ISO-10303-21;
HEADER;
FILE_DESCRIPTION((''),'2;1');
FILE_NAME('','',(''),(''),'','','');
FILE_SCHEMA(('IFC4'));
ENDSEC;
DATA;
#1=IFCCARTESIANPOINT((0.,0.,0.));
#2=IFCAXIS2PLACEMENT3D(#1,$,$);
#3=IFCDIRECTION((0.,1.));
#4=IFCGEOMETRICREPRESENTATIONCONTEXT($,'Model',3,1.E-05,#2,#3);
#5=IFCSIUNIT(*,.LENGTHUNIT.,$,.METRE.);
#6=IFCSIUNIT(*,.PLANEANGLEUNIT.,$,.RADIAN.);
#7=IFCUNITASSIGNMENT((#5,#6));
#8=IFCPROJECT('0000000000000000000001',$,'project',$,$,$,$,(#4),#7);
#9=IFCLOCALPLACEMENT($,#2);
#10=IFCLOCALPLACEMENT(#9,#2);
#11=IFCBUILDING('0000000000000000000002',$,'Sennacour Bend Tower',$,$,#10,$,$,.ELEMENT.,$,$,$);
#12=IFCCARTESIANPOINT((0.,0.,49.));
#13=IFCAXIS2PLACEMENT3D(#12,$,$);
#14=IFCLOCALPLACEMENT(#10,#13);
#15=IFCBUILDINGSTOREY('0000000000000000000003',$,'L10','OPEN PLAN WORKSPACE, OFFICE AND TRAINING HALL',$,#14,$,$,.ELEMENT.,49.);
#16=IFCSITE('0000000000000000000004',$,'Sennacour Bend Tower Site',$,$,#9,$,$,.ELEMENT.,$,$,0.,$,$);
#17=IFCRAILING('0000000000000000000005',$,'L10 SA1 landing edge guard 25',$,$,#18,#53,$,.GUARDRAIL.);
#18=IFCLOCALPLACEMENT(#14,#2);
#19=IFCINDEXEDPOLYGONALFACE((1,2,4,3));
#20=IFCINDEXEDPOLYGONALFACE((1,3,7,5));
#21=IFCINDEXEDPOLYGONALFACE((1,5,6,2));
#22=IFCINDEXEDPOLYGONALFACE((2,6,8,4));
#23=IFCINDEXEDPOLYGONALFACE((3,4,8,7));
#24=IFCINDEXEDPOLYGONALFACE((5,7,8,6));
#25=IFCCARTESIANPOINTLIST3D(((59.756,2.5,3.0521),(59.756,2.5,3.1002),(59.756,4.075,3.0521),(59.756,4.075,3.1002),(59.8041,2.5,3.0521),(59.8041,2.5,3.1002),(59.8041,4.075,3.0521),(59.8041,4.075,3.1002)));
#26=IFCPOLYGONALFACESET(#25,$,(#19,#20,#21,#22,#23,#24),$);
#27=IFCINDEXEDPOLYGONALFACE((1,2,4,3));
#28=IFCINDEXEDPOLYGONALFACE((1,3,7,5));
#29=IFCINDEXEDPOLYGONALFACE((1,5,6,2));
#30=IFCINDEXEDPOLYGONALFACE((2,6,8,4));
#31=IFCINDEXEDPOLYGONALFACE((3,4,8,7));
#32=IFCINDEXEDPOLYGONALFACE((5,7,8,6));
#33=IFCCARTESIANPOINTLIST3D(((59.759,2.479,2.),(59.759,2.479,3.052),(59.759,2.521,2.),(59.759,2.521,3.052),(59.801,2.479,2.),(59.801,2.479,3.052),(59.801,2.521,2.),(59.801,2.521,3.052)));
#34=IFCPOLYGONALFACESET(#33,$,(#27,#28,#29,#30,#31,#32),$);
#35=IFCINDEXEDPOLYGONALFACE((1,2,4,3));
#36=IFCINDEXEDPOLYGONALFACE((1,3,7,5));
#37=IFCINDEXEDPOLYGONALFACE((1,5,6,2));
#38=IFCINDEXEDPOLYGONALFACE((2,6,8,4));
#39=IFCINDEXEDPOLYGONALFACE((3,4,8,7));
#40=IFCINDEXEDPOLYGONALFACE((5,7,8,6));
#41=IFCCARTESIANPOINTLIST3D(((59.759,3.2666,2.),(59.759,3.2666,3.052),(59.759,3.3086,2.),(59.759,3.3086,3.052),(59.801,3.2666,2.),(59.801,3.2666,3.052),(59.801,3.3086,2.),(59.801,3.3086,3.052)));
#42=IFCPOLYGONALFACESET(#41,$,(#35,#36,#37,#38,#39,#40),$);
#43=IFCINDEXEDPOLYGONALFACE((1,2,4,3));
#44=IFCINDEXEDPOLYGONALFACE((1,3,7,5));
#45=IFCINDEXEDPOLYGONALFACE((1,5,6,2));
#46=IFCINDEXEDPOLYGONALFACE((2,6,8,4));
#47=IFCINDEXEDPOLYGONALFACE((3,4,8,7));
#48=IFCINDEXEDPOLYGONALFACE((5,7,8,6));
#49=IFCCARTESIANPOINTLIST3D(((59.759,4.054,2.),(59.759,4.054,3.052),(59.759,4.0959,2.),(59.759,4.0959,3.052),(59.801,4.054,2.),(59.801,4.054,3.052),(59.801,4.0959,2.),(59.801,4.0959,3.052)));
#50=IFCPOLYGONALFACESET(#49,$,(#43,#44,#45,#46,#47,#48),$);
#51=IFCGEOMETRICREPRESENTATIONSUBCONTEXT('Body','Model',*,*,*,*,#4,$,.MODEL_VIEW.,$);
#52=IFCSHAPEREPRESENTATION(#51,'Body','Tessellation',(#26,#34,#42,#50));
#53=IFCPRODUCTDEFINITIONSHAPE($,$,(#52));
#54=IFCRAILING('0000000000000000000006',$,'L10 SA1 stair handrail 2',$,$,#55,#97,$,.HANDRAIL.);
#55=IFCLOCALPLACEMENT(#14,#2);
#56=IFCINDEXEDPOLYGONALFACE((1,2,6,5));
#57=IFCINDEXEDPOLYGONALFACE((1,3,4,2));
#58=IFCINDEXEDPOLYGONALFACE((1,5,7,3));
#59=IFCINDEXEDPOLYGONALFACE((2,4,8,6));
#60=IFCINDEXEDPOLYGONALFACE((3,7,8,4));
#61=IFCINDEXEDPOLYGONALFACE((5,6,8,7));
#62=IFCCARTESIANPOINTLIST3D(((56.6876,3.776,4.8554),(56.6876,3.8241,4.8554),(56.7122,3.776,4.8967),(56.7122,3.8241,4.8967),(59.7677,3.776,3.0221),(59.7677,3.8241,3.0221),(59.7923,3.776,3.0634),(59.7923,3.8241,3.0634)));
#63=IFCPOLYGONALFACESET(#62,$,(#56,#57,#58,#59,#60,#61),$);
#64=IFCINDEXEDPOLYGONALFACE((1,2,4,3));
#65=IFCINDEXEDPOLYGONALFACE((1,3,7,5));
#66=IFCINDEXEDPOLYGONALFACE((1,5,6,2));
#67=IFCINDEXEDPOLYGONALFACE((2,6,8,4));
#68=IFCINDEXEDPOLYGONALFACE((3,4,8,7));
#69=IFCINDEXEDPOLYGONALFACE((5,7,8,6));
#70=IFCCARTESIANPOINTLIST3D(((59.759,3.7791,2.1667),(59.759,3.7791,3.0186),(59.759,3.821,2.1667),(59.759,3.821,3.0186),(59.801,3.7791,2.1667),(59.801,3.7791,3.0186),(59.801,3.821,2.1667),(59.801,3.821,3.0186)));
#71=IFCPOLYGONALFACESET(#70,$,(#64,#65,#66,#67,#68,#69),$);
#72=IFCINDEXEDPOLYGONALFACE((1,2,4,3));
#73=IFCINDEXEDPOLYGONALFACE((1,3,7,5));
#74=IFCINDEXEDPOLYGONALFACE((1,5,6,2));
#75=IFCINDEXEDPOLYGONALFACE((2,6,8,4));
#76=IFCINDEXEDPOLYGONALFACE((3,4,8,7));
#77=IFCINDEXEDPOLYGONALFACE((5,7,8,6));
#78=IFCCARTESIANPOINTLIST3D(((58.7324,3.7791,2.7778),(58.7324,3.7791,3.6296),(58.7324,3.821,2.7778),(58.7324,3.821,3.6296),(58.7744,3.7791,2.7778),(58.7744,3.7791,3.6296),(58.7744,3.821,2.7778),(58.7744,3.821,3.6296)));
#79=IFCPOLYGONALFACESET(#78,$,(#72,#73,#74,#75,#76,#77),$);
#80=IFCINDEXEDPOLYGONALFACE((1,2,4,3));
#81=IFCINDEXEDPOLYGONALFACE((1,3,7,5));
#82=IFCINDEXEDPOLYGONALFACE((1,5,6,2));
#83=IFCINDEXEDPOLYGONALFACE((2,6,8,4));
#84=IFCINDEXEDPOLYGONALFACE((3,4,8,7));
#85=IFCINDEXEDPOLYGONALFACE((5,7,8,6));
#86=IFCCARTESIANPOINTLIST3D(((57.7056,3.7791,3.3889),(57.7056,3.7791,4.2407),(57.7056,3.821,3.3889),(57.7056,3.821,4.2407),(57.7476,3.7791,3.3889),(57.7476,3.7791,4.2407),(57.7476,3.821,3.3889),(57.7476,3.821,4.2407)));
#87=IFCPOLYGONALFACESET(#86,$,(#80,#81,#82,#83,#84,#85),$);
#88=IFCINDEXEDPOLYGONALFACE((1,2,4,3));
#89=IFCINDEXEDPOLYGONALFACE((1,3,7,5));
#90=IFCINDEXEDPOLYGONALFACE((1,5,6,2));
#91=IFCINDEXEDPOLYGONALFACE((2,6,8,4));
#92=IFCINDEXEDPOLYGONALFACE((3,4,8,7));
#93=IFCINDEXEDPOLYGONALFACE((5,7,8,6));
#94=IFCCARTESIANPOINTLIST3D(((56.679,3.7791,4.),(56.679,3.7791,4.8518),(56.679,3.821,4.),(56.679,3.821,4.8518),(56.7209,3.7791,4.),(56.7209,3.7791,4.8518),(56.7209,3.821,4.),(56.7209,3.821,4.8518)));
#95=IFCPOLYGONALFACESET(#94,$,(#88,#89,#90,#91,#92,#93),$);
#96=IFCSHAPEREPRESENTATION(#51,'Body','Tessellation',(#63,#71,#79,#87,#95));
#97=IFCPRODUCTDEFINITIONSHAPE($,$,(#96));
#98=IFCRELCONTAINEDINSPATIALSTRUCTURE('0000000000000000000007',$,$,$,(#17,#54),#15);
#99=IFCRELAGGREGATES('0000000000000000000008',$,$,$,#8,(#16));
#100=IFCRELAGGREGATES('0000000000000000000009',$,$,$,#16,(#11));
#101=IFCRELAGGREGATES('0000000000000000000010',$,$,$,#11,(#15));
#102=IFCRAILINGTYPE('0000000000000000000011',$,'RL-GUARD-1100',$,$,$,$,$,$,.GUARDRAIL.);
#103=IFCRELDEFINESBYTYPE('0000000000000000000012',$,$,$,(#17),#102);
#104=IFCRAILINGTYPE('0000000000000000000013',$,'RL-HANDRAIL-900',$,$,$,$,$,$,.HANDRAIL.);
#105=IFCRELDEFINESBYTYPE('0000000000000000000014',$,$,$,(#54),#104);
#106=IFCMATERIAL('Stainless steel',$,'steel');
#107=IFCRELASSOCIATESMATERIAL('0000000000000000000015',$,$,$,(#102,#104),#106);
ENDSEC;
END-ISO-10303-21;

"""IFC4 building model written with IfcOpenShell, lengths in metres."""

from ifc_helpers import new_model, si_unit, direction, frame, origin, origin_2d, place, context, subcontext, project, spatial, rectangle, extrude, material, type_object, element, save


model = new_model("IFC4")

# Units and contexts
model_context = context("Model", 3, precision=1e-05, world=origin(), true_north=direction((0.0, 1.0)))
body_context = subcontext(model_context, "Body", "Model", "MODEL_VIEW")
ifc_project = project(units=[si_unit("LENGTHUNIT", "METRE"), si_unit("PLANEANGLEUNIT", "RADIAN")], contexts=[model_context])

# Site, building, storey
site_placement = place(None, origin())
site = spatial("IfcSite", under=ifc_project, at=site_placement, Name="Sennacour Bend Tower Site", CompositionType="ELEMENT", RefElevation=0.0)
building_placement = place(site_placement, origin())
building = spatial("IfcBuilding", under=site, at=building_placement, Name="Sennacour Bend Tower", CompositionType="ELEMENT")
storey_placement = place(building_placement, frame((0.0, 0.0, 49.0)))
storey = spatial("IfcBuildingStorey", under=building, at=storey_placement, Name="L10", Description="OPEN PLAN WORKSPACE, OFFICE AND TRAINING HALL", CompositionType="ELEMENT", Elevation=49.0)

# Shared definitions
ifc_material_1 = material(Name="Stainless steel", Category="steel")

# Railings
railing_type_1 = type_object("IfcRailingType", Name="RL-GUARD-1100", PredefinedType="GUARDRAIL", material=ifc_material_1)
railing_1_placement = place(storey_placement, frame((59.78, 2.5, 2.0)))
element("IfcRailing", 1, at=railing_1_placement, inside=storey, type_object=railing_type_1, Name="L10 SA1 landing edge guard 25", PredefinedType="GUARDRAIL", context=body_context, shape_type="SweptSolid", body=[
    extrude(rectangle(XDim=0.0481, YDim=0.0481, at=origin_2d()), frame((0.0, 0.0, 1.0762), z_axis=(0.0, 1.0, 0.0), x_axis=(-1.0, 0.0, 0.0)), (0.0, 0.0, 1.0), 1.575),
    extrude(rectangle(XDim=0.042, YDim=0.042, at=origin_2d()), origin(), (0.0, 0.0, 1.0), 1.052),
    extrude(rectangle(XDim=0.042, YDim=0.042, at=origin_2d()), frame((0.0, 0.7876, 0.0)), (0.0, 0.0, 1.0), 1.052),
    extrude(rectangle(XDim=0.042, YDim=0.042, at=origin_2d()), frame((0.0, 1.575, 0.0)), (0.0, 0.0, 1.0), 1.052),
])
railing_type_2 = type_object("IfcRailingType", Name="RL-HANDRAIL-900", PredefinedType="HANDRAIL", material=ifc_material_1)
railing_2_placement = place(storey_placement, frame((59.78, 3.8, 2.1667)))
element("IfcRailing", 2, at=railing_2_placement, inside=storey, type_object=railing_type_2, Name="L10 SA1 stair handrail 2", PredefinedType="HANDRAIL", context=body_context, shape_type="SweptSolid", body=[
    extrude(rectangle(XDim=0.0481, YDim=0.0481, at=origin_2d()), frame((0.0, 0.0, 0.876), z_axis=(-0.859309, 0.0, 0.511458), x_axis=(0.0, -1.0, 0.0)), (0.0, 0.0, 1.0), 3.5845),
    extrude(rectangle(XDim=0.042, YDim=0.042, at=origin_2d()), origin(), (0.0, 0.0, 1.0), 0.8518),
    extrude(rectangle(XDim=0.042, YDim=0.042, at=origin_2d()), frame((-1.0266, 0.0, 0.6111)), (0.0, 0.0, 1.0), 0.8518),
    extrude(rectangle(XDim=0.042, YDim=0.042, at=origin_2d()), frame((-2.0535, 0.0, 1.2222)), (0.0, 0.0, 1.0), 0.8518),
    extrude(rectangle(XDim=0.042, YDim=0.042, at=origin_2d()), frame((-3.0801, 0.0, 1.8333)), (0.0, 0.0, 1.0), 0.8518),
])

save(model, "model.ifc")
